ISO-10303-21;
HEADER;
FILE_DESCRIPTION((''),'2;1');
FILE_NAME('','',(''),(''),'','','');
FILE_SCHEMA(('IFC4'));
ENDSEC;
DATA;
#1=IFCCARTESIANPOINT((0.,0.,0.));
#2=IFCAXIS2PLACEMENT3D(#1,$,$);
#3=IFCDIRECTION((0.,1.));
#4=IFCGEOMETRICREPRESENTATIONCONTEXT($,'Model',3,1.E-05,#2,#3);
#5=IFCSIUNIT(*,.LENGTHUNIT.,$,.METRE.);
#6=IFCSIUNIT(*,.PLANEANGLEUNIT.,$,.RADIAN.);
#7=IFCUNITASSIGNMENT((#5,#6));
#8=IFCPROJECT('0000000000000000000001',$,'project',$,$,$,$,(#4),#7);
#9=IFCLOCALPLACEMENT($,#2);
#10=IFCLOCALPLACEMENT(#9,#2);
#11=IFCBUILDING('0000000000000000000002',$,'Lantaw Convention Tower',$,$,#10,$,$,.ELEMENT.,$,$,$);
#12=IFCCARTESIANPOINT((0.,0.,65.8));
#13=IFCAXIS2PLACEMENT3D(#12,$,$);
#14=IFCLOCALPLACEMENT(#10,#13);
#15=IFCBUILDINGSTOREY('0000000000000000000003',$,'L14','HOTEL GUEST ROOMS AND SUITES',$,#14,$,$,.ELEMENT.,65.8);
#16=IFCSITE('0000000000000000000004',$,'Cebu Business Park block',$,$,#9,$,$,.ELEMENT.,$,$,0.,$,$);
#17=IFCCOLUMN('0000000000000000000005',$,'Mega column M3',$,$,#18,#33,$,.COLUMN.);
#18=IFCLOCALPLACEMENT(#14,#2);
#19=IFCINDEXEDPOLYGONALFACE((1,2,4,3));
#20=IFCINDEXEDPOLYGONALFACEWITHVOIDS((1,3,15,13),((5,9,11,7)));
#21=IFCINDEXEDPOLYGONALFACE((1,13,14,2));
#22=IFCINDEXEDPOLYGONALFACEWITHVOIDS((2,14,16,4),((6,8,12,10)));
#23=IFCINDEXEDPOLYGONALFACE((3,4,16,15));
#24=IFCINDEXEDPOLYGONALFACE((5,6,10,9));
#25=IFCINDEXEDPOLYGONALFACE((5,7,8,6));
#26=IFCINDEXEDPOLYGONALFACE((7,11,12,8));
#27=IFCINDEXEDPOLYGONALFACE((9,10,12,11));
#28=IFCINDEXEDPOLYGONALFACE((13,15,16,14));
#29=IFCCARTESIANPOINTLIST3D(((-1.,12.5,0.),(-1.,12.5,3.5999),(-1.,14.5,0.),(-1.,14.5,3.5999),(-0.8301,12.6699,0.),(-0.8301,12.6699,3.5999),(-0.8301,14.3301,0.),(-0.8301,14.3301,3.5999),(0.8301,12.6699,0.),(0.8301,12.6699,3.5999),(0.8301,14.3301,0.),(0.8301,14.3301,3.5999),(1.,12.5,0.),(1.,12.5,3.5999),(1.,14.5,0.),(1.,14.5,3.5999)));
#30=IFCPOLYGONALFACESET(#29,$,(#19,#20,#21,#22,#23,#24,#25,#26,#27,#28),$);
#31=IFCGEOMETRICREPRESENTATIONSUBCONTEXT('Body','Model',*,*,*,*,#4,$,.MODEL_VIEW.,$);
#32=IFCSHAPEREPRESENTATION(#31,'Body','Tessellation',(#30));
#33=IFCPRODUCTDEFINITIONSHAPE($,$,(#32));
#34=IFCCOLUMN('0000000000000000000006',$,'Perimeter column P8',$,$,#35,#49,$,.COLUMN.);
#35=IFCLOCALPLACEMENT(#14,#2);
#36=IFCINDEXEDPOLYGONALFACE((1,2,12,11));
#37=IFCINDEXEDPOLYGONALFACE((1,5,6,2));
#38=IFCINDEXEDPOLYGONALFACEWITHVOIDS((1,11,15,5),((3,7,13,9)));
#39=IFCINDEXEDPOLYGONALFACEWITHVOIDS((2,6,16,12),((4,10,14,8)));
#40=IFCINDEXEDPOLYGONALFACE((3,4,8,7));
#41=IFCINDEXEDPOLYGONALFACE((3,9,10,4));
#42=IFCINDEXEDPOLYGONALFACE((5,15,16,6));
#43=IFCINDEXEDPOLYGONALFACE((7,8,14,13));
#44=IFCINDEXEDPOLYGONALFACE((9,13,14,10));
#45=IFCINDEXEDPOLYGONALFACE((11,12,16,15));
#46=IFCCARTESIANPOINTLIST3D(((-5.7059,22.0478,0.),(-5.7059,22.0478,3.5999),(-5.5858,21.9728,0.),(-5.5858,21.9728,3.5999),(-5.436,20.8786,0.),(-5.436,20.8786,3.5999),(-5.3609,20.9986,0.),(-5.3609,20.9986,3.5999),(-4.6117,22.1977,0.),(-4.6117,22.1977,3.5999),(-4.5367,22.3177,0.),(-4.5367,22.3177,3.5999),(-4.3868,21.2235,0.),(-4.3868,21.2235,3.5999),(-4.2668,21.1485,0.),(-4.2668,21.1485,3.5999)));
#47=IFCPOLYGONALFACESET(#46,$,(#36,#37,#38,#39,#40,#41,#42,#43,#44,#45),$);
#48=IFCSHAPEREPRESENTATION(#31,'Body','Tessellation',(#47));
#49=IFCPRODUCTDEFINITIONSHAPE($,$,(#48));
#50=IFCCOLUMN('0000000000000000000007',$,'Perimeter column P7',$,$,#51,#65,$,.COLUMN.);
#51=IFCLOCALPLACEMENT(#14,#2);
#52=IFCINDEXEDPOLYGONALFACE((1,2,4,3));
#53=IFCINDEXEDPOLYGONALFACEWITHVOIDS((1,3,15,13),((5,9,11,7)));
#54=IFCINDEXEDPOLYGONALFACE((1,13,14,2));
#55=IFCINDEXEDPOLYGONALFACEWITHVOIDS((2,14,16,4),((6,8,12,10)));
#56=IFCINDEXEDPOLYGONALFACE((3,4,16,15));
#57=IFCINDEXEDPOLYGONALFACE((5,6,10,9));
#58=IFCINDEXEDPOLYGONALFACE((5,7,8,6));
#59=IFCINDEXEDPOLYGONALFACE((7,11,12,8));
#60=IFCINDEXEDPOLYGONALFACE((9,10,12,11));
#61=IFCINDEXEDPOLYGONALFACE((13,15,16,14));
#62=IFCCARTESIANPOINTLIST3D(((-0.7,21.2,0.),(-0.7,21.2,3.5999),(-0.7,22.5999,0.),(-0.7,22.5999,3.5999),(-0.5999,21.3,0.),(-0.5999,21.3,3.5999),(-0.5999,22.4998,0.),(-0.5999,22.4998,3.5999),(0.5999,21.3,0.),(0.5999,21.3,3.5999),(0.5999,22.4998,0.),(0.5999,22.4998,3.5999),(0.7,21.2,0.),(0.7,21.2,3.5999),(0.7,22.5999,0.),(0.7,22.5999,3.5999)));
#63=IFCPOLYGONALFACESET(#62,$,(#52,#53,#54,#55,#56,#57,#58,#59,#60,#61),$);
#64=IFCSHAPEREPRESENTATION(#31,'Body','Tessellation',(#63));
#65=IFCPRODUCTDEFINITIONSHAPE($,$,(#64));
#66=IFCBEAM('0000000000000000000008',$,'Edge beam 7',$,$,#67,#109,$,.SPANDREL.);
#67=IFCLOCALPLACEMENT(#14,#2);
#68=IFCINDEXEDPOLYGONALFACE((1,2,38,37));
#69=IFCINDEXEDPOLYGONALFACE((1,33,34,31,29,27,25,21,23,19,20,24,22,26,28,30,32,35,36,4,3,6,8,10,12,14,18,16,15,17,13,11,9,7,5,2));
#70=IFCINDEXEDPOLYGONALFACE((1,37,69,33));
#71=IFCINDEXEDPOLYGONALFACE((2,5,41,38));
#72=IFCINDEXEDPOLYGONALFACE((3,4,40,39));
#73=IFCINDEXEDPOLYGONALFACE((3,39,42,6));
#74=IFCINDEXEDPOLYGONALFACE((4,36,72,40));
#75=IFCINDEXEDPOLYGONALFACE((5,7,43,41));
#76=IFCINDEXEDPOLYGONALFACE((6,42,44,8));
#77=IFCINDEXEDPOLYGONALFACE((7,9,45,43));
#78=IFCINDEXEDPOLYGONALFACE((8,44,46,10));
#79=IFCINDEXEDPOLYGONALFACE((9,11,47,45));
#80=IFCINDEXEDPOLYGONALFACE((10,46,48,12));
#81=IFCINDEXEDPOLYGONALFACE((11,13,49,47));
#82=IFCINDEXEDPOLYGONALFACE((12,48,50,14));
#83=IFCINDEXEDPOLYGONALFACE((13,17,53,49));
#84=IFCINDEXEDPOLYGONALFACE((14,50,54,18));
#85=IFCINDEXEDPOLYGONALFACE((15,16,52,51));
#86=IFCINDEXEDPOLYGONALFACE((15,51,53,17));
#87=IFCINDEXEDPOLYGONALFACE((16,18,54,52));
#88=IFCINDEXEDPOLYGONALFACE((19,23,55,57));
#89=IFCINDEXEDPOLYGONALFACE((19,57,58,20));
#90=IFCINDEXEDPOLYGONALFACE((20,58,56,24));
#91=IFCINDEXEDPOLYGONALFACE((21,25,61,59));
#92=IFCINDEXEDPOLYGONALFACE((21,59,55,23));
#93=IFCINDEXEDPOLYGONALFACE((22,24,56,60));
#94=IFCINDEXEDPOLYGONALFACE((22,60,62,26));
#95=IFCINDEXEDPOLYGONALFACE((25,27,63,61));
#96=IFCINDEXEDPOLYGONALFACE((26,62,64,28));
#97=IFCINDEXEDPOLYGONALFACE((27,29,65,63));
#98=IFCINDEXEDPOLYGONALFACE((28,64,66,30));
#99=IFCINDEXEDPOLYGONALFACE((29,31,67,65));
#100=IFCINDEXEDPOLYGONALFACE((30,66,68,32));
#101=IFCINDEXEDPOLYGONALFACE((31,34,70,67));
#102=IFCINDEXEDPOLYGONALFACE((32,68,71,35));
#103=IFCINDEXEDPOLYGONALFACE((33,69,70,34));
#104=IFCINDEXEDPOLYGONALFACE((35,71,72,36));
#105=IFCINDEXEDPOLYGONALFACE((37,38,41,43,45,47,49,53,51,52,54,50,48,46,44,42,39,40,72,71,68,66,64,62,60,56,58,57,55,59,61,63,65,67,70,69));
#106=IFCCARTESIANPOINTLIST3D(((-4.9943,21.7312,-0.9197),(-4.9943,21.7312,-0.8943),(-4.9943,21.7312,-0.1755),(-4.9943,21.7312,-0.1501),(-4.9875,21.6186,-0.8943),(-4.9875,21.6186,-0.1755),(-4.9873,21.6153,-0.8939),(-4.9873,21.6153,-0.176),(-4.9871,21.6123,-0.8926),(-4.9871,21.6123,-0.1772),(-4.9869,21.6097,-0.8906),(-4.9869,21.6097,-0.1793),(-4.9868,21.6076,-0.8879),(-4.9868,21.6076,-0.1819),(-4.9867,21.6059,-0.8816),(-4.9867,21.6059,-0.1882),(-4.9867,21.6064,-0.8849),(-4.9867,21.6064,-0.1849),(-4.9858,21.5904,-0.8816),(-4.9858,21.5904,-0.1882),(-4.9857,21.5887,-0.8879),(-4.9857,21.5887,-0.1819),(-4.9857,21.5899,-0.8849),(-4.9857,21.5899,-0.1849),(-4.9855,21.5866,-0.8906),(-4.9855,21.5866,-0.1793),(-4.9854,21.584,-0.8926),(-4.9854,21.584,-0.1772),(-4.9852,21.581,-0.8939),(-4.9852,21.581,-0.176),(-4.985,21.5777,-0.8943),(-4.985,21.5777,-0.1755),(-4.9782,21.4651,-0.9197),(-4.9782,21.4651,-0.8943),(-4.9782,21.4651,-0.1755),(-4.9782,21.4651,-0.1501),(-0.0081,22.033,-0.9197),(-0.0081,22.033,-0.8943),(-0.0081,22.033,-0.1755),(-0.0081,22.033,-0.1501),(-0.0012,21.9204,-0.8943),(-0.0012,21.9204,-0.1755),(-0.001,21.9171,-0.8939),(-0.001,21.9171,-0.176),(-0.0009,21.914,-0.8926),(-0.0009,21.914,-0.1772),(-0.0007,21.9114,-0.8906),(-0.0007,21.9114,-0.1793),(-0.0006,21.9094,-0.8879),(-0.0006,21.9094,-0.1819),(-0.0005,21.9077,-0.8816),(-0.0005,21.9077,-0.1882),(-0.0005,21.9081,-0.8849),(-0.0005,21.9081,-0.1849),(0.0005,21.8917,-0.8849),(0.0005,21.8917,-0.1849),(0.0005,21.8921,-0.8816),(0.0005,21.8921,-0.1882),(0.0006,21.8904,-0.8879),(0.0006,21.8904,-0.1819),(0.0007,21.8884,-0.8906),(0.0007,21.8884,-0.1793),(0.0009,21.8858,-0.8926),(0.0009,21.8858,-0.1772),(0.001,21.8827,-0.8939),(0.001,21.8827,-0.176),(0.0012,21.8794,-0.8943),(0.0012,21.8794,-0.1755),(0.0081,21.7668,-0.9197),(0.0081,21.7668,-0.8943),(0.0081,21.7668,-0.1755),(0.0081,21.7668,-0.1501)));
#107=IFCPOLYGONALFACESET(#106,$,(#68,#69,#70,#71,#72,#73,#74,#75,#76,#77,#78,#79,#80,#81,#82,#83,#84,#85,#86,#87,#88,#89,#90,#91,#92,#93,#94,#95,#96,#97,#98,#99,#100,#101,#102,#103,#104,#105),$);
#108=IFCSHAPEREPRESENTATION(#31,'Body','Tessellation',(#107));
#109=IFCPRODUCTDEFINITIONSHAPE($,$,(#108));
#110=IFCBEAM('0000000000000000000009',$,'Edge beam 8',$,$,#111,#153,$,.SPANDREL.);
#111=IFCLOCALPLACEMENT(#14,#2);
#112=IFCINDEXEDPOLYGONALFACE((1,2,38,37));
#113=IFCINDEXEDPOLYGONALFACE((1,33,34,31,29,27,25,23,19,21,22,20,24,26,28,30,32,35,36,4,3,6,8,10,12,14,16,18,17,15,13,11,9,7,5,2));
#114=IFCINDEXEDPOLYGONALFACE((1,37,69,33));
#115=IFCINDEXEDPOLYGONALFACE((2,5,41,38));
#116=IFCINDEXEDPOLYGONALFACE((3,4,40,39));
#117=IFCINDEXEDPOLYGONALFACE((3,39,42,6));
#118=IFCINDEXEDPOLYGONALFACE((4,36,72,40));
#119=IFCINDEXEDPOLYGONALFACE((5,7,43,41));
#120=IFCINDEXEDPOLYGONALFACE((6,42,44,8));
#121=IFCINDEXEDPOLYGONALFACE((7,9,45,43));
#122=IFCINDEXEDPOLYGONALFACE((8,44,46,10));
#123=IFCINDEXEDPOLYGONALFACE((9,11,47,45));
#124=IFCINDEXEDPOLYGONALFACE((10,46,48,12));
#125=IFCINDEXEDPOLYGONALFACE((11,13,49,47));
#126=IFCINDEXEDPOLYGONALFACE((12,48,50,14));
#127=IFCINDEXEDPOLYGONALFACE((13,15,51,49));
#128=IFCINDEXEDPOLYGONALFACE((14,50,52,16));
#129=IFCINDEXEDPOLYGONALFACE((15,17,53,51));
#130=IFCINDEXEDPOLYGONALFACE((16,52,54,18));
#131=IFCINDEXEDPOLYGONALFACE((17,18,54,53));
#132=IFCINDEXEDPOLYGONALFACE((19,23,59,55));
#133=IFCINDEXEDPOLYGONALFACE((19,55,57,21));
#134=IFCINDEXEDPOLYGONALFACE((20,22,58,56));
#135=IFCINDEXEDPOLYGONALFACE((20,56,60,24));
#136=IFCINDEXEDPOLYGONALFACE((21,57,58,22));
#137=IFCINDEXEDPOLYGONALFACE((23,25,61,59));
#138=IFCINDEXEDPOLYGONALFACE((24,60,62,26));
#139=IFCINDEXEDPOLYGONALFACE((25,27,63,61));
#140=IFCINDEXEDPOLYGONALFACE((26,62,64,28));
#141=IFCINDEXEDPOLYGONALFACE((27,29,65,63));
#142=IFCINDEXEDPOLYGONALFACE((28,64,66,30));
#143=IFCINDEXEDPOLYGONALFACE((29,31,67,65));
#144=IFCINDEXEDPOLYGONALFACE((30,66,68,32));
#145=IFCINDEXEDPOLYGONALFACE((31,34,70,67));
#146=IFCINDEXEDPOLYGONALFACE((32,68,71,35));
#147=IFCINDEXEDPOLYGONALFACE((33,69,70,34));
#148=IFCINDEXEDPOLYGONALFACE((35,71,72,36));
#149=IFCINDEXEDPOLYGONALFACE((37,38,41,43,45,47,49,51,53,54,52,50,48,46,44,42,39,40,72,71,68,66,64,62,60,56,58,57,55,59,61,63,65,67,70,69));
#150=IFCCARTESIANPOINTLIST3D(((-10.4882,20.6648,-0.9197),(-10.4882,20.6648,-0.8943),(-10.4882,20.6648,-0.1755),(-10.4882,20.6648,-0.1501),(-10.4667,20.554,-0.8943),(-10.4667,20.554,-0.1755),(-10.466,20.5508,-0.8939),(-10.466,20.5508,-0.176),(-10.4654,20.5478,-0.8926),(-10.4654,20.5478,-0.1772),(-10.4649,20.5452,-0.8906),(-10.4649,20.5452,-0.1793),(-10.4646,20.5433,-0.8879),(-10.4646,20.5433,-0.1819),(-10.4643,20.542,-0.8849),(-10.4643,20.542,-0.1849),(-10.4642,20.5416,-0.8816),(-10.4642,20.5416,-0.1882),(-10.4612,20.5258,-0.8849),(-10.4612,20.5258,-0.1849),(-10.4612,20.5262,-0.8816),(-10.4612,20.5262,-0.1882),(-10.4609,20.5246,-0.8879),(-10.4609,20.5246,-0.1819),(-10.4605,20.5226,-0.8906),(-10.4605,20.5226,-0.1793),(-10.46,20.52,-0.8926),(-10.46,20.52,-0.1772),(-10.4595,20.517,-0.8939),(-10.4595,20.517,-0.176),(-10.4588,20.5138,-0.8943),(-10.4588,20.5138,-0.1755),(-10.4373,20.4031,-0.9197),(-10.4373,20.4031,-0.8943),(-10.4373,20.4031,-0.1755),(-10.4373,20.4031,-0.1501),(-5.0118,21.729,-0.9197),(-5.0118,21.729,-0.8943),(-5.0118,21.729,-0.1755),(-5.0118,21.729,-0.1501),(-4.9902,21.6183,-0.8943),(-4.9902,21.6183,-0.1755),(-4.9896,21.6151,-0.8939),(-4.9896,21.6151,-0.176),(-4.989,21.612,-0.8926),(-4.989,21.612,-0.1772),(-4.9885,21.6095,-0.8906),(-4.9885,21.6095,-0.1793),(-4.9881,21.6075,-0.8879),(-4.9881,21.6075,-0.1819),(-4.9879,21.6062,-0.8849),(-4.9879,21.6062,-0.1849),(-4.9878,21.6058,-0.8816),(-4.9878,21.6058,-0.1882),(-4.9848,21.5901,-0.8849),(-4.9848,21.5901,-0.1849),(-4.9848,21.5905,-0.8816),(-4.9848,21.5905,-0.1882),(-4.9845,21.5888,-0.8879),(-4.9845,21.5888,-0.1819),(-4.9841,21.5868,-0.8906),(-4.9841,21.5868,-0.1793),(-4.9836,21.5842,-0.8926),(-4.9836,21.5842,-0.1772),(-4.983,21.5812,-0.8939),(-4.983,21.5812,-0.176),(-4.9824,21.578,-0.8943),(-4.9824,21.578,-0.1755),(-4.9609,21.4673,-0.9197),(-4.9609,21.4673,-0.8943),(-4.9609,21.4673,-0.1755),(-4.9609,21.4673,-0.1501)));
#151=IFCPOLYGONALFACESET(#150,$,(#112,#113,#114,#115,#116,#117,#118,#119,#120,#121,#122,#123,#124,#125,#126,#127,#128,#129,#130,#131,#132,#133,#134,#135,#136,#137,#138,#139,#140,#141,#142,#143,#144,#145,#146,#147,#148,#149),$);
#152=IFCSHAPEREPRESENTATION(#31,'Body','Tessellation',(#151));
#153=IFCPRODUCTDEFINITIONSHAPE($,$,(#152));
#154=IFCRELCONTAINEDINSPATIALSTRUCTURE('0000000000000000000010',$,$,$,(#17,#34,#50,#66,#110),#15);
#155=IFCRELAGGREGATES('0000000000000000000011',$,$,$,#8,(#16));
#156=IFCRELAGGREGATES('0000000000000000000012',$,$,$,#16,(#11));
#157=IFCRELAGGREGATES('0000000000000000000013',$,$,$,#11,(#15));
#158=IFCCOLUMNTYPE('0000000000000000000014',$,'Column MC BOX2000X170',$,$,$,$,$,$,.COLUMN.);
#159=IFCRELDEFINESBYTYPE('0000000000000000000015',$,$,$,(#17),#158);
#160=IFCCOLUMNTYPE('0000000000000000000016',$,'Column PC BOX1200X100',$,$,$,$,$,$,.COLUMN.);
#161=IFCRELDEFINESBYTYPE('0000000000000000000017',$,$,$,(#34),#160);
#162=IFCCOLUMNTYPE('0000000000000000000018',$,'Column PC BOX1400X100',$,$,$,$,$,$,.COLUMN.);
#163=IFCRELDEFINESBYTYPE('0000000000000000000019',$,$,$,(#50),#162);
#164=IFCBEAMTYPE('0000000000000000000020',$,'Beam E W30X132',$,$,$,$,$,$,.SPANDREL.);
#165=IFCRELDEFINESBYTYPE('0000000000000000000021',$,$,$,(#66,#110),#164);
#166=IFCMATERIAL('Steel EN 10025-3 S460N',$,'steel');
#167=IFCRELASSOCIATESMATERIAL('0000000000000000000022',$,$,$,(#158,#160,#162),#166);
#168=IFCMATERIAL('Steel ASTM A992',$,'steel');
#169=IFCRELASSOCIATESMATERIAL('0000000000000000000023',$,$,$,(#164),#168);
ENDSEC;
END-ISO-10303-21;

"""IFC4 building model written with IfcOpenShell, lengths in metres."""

from ifc_helpers import new_model, si_unit, direction, frame, origin, origin_2d, place, context, subcontext, project, spatial, rectangle, hollow_rectangle, i_section, extrude, material, material_profile, profile_set, type_object, element, save


model = new_model("IFC4")

# Units and contexts
model_context = context("Model", 3, precision=1e-05, world=origin(), true_north=direction((0.0, 1.0)))
body_context = subcontext(model_context, "Body", "Model", "MODEL_VIEW")
ifc_project = project(units=[si_unit("LENGTHUNIT", "METRE"), si_unit("PLANEANGLEUNIT", "RADIAN")], contexts=[model_context])

# Site, building, storey
site_placement = place(None, origin())
site = spatial("IfcSite", under=ifc_project, at=site_placement, Name="Cebu Business Park block", CompositionType="ELEMENT", RefElevation=0.0)
building_placement = place(site_placement, origin())
building = spatial("IfcBuilding", under=site, at=building_placement, Name="Lantaw Convention Tower", CompositionType="ELEMENT")
storey_placement = place(building_placement, frame((0.0, 0.0, 65.8)))
storey = spatial("IfcBuildingStorey", under=building, at=storey_placement, Name="L14", Description="HOTEL GUEST ROOMS AND SUITES", CompositionType="ELEMENT", Elevation=65.8)

# Columns
ifc_material_1 = material(Name="Steel EN 10025-3 S460N", Category="steel")
ifc_material_profile_1 = material_profile(ifc_material_1, hollow_rectangle(XDim=2.0, YDim=2.0, WallThickness=0.1699, at=origin_2d()), Name="BOX2000X170")
ifc_material_2 = material(Name="Concrete C60/75", Category="concrete")
ifc_material_profile_2 = material_profile(ifc_material_2, rectangle(XDim=1.6599, YDim=1.6599, at=origin_2d()), Name="Concrete fill of BOX2000X170")
ifc_profile_set_1 = profile_set([ifc_material_profile_1, ifc_material_profile_2], Name="Steel EN 10025-3 S460N")
column_type_1 = type_object("IfcColumnType", Name="Column MC BOX2000X170", PredefinedType="COLUMN", material=ifc_profile_set_1)
column_1_placement = place(storey_placement, frame((0.0, 13.5, 0.0), z_axis=(0.0, 0.0, 1.0), x_axis=(1.0, 0.0, 0.0)))
element("IfcColumn", 1, at=column_1_placement, inside=storey, type_object=column_type_1, Name="Mega column M3", PredefinedType="COLUMN", context=body_context, shape_type="SweptSolid", body=[
    extrude(hollow_rectangle(XDim=2.0, YDim=2.0, WallThickness=0.1699, at=origin_2d()), origin(), (0.0, 0.0, 1.0), 3.5999),
])
ifc_material_profile_3 = material_profile(ifc_material_1, hollow_rectangle(XDim=1.2, YDim=1.2, WallThickness=0.1001, at=origin_2d()), Name="BOX1200X100")
ifc_material_profile_4 = material_profile(ifc_material_2, rectangle(XDim=1.0, YDim=1.0, at=origin_2d()), Name="Concrete fill of BOX1200X100")
ifc_profile_set_2 = profile_set([ifc_material_profile_3, ifc_material_profile_4], Name="Steel EN 10025-3 S460N")
column_type_2 = type_object("IfcColumnType", Name="Column PC BOX1200X100", PredefinedType="COLUMN", material=ifc_profile_set_2)
column_2_placement = place(storey_placement, frame((-4.9863, 21.5981, 0.0), z_axis=(0.0, 0.0, 1.0), x_axis=(0.97437, 0.224951, 0.0)))
element("IfcColumn", 2, at=column_2_placement, inside=storey, type_object=column_type_2, Name="Perimeter column P8", PredefinedType="COLUMN", context=body_context, shape_type="SweptSolid", body=[
    extrude(hollow_rectangle(XDim=1.2, YDim=1.2, WallThickness=0.1001, at=origin_2d()), origin(), (0.0, 0.0, 1.0), 3.5999),
])
ifc_material_profile_5 = material_profile(ifc_material_1, hollow_rectangle(XDim=1.3999, YDim=1.3999, WallThickness=0.1001, at=origin_2d()), Name="BOX1400X100")
ifc_material_profile_6 = material_profile(ifc_material_2, rectangle(XDim=1.2, YDim=1.2, at=origin_2d()), Name="Concrete fill of BOX1400X100")
ifc_profile_set_3 = profile_set([ifc_material_profile_5, ifc_material_profile_6], Name="Steel EN 10025-3 S460N")
column_type_3 = type_object("IfcColumnType", Name="Column PC BOX1400X100", PredefinedType="COLUMN", material=ifc_profile_set_3)
column_3_placement = place(storey_placement, frame((0.0, 21.8999, 0.0), z_axis=(0.0, 0.0, 1.0), x_axis=(1.0, 0.0, 0.0)))
element("IfcColumn", 3, at=column_3_placement, inside=storey, type_object=column_type_3, Name="Perimeter column P7", PredefinedType="COLUMN", context=body_context, shape_type="SweptSolid", body=[
    extrude(hollow_rectangle(XDim=1.3999, YDim=1.3999, WallThickness=0.1001, at=origin_2d()), origin(), (0.0, 0.0, 1.0), 3.5999),
])

# Beams
ifc_material_3 = material(Name="Steel ASTM A992", Category="steel")
ifc_material_profile_7 = material_profile(ifc_material_3, i_section(OverallWidth=0.2666, OverallDepth=0.7695, WebThickness=0.0156, FlangeThickness=0.0254, FilletRadius=0.0127, at=origin_2d()), Name="W30X132")
ifc_profile_set_4 = profile_set([ifc_material_profile_7], Name="Steel ASTM A992")
beam_type_1 = type_object("IfcBeamType", Name="Beam E W30X132", PredefinedType="SPANDREL", material=ifc_profile_set_4)
beam_1_placement = place(storey_placement, frame((0.0, 21.8999, -0.5349), z_axis=(-0.998174, -0.060407, 0.0), x_axis=(0.060407, -0.998174, 0.0)))
element("IfcBeam", 4, at=beam_1_placement, inside=storey, type_object=beam_type_1, Name="Edge beam 7", PredefinedType="SPANDREL", context=body_context, shape_type="SweptSolid", body=[
    extrude(i_section(OverallWidth=0.2666, OverallDepth=0.7695, WebThickness=0.0156, FlangeThickness=0.0254, FilletRadius=0.0127, at=origin_2d()), origin(), (0.0, 0.0, 1.0), 4.9954),
])
beam_2_placement = place(storey_placement, frame((-4.9863, 21.5981, -0.5349), z_axis=(-0.981637, -0.190761, 0.0), x_axis=(0.190761, -0.981637, 0.0)))
element("IfcBeam", 5, at=beam_2_placement, inside=storey, type_object=beam_type_1, Name="Edge beam 8", PredefinedType="SPANDREL", context=body_context, shape_type="SweptSolid", body=[
    extrude(i_section(OverallWidth=0.2666, OverallDepth=0.7695, WebThickness=0.0156, FlangeThickness=0.0254, FilletRadius=0.0127, at=origin_2d()), origin(), (0.0, 0.0, 1.0), 5.5789),
])

save(model, "model.ifc")
